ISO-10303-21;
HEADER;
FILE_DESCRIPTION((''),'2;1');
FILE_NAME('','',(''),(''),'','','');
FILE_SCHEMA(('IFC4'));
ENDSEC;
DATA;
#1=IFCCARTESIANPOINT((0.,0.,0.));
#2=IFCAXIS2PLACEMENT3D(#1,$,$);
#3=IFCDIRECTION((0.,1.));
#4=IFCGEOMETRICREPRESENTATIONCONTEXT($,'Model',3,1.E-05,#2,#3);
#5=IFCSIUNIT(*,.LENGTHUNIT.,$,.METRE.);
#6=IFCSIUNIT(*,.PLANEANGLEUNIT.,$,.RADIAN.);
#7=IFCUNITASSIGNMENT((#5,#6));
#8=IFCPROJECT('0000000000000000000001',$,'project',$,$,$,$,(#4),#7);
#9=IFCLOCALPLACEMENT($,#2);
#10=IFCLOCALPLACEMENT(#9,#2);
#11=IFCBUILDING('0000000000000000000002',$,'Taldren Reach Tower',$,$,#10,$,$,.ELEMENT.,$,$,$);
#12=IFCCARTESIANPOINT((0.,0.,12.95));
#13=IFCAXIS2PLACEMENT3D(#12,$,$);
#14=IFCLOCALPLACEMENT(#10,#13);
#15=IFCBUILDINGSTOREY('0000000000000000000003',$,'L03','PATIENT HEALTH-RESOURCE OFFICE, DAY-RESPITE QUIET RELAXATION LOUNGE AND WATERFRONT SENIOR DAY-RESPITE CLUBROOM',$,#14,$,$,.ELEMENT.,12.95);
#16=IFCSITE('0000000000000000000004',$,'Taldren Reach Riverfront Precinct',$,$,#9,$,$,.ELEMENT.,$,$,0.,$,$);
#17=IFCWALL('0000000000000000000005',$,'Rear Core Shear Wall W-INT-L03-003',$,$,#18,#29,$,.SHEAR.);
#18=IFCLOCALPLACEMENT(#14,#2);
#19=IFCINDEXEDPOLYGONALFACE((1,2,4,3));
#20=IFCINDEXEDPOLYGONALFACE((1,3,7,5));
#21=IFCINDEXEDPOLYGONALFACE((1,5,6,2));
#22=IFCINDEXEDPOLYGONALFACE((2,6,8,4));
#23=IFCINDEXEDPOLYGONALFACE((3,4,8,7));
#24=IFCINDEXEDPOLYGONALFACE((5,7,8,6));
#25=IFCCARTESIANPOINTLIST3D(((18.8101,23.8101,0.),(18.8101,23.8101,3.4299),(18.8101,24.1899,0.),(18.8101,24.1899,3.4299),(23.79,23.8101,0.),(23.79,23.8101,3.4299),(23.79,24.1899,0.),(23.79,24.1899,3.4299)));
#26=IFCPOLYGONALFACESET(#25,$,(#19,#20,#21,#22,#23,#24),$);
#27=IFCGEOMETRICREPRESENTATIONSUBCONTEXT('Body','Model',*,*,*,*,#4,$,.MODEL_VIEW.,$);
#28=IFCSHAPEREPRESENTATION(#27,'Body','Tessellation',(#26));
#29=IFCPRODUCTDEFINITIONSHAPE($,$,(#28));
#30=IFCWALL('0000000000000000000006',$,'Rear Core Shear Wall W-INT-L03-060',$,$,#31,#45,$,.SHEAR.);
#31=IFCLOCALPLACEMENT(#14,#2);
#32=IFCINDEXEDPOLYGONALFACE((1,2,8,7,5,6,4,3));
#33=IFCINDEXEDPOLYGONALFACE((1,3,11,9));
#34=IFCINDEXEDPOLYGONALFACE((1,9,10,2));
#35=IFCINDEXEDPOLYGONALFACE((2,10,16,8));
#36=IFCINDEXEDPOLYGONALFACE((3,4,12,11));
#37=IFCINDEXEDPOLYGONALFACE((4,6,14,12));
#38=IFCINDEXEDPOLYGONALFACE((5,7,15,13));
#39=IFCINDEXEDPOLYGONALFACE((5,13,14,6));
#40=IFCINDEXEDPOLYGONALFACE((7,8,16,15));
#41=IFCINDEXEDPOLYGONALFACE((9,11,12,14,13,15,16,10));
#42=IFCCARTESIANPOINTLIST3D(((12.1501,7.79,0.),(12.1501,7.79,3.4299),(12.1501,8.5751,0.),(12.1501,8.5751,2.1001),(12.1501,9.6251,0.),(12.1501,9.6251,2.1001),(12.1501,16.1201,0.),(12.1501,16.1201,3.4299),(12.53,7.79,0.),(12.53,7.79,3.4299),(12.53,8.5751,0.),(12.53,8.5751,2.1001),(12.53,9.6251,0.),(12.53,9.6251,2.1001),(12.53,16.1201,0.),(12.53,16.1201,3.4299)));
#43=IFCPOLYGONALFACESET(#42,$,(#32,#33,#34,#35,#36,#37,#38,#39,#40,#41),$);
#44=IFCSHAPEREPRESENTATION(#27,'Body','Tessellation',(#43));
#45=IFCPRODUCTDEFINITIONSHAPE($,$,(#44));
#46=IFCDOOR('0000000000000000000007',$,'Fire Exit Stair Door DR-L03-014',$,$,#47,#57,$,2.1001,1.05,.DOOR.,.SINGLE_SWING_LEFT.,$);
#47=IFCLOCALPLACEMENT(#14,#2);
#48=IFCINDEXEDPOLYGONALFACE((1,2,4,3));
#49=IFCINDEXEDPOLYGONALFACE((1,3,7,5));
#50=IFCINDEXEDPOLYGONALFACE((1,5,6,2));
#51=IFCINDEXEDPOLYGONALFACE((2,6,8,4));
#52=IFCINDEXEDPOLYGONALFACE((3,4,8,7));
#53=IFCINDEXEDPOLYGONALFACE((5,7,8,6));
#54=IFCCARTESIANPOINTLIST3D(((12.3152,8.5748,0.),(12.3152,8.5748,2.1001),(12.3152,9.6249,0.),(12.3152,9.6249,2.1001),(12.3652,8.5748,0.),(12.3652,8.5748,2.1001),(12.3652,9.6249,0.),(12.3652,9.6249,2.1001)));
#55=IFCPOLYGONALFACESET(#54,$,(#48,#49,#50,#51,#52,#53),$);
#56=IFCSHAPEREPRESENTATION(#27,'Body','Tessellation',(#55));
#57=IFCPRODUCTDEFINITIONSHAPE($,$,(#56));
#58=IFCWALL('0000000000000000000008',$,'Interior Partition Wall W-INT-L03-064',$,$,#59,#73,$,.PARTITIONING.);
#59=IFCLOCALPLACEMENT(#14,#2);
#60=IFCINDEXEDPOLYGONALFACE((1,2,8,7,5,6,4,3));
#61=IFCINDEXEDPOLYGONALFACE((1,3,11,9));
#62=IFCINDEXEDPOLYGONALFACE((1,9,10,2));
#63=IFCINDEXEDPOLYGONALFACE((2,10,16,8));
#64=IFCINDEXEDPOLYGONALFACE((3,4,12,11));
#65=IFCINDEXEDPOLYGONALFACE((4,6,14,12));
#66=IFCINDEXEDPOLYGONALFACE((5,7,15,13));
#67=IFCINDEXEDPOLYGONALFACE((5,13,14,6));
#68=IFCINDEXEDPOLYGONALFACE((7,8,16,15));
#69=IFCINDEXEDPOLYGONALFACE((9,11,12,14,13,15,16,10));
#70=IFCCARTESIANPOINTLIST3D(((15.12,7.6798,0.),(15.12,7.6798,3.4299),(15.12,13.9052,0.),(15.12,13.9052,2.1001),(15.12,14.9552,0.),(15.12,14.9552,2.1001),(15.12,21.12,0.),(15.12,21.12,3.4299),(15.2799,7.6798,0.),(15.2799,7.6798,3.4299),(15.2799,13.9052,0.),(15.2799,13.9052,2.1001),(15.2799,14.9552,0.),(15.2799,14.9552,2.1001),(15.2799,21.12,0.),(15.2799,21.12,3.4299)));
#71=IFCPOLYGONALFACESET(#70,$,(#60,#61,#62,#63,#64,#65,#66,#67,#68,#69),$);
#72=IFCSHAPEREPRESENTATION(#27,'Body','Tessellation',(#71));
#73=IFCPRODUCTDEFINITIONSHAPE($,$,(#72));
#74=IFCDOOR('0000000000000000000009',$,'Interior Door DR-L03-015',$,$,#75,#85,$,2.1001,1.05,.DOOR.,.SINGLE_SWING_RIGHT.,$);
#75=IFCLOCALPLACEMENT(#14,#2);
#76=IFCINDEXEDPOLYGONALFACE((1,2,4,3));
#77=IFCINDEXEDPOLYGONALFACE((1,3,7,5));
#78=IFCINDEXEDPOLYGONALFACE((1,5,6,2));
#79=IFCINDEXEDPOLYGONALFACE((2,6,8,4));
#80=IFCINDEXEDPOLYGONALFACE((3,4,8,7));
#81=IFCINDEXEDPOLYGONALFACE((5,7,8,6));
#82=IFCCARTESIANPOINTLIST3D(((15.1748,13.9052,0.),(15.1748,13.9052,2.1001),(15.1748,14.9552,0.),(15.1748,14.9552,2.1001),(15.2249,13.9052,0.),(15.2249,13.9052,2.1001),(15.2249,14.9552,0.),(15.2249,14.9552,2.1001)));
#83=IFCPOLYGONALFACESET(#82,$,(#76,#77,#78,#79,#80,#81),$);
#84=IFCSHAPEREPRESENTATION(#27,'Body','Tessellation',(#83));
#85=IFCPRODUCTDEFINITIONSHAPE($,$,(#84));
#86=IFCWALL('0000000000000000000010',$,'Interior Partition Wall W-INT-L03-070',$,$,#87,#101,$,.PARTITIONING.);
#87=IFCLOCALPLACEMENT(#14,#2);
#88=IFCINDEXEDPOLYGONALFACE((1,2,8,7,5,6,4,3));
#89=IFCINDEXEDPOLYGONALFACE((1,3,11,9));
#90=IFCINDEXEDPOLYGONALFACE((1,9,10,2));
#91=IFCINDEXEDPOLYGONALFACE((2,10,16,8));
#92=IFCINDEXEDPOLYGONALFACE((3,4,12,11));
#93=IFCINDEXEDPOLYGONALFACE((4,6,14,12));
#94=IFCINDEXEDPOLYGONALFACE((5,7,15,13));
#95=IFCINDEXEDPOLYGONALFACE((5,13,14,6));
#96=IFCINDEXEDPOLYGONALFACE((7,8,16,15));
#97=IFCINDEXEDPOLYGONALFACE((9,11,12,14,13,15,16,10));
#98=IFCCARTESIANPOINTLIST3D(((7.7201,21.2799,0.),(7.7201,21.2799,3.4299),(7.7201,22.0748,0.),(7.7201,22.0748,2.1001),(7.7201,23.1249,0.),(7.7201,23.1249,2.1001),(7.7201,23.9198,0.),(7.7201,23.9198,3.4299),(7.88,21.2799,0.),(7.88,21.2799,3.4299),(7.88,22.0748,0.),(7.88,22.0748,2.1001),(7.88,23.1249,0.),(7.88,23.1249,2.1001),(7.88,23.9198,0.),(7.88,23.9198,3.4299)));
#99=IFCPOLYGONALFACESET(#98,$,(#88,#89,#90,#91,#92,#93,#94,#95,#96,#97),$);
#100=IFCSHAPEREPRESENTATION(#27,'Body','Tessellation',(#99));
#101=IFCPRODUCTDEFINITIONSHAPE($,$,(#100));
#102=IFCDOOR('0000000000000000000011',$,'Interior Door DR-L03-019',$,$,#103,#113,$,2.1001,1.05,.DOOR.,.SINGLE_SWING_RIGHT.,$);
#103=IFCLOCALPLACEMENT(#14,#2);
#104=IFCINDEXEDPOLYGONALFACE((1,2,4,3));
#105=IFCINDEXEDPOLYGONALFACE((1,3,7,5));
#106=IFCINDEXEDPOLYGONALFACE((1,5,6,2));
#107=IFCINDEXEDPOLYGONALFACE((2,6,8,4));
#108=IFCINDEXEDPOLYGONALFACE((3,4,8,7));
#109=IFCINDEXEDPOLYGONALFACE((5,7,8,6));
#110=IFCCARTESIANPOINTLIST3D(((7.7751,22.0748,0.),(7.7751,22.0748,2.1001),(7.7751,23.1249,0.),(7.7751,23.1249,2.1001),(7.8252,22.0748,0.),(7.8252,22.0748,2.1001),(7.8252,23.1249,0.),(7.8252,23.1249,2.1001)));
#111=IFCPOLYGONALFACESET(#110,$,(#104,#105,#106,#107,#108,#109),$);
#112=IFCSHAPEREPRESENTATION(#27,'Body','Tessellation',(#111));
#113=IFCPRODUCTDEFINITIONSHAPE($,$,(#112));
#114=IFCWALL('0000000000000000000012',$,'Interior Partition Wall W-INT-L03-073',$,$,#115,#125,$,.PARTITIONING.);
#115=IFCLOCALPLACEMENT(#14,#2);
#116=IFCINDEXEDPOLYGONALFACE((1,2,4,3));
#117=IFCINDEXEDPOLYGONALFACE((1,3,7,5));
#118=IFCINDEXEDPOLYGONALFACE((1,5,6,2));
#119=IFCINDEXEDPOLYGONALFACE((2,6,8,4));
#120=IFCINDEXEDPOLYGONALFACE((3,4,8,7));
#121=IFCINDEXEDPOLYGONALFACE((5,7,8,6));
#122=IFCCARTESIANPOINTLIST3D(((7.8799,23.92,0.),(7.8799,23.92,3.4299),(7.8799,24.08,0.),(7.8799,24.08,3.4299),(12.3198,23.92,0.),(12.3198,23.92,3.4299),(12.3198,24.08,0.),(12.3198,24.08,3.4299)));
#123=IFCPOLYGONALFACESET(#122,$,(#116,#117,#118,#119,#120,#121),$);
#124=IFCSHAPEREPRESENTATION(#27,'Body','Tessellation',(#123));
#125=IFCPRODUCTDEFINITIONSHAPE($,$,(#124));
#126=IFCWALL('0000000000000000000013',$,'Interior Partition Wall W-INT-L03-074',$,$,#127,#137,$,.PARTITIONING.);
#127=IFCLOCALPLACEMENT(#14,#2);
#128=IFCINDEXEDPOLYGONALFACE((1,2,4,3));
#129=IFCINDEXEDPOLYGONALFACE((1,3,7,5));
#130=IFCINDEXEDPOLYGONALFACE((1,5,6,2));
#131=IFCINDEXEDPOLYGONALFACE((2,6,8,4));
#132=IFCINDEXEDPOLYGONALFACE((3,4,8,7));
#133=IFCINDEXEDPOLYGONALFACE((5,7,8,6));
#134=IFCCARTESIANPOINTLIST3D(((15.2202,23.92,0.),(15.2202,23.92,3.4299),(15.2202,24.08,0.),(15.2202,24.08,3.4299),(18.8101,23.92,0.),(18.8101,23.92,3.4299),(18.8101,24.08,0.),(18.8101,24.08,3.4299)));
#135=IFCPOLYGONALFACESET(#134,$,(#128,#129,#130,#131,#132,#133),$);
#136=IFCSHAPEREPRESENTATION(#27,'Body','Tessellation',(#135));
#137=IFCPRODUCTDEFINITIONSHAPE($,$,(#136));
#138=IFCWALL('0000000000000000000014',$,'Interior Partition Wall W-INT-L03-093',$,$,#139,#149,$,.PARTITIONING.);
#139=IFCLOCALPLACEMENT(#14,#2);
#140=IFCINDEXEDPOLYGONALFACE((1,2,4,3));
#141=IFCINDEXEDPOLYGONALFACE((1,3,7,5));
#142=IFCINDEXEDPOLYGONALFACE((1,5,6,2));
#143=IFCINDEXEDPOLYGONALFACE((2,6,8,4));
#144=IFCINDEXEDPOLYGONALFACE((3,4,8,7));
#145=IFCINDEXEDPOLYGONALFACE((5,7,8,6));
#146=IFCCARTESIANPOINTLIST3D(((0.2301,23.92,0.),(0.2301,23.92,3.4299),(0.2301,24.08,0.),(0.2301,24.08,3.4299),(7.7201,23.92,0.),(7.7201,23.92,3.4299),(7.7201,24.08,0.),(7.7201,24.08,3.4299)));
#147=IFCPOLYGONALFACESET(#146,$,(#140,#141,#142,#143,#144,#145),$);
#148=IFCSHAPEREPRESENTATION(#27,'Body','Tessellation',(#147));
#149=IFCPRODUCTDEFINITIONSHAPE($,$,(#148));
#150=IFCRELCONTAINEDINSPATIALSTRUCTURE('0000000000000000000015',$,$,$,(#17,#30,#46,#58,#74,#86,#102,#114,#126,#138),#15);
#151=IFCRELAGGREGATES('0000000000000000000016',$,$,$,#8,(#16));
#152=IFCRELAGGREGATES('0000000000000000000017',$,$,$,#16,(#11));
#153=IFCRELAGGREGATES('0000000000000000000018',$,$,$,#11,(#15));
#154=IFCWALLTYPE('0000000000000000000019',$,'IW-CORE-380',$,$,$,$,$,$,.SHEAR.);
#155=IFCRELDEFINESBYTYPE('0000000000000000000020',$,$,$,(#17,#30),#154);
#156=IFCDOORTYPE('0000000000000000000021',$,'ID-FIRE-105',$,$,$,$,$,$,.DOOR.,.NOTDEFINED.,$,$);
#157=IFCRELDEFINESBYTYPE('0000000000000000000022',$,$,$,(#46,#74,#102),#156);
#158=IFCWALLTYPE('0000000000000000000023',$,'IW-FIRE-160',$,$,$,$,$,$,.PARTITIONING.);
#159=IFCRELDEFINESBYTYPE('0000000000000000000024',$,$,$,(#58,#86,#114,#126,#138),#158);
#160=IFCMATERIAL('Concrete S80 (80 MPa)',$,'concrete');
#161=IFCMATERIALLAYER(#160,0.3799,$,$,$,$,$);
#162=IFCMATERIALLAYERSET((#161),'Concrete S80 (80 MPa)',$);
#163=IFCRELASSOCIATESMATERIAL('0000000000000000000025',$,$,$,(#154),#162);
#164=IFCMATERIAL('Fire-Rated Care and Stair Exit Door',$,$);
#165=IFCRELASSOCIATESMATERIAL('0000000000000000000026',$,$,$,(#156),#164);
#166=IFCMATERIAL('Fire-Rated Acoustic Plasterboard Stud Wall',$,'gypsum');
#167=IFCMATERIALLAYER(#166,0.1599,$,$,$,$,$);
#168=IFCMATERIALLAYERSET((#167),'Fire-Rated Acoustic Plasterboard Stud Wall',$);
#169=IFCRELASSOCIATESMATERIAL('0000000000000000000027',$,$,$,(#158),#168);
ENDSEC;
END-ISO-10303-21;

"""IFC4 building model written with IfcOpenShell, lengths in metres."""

from ifc_helpers import new_model, si_unit, direction, frame, frame_2d, origin, place, context, subcontext, project, spatial, rectangle, extrude, source, transform, mapped, material, layer, layer_set, type_object, element, fill, save


model = new_model("IFC4")

# Units and contexts
model_context = context("Model", 3, precision=1e-05, world=origin(), true_north=direction((0.0, 1.0)))
body_context = subcontext(model_context, "Body", "Model", "MODEL_VIEW")
ifc_project = project(units=[si_unit("LENGTHUNIT", "METRE"), si_unit("PLANEANGLEUNIT", "RADIAN")], contexts=[model_context])

# Site, building, storey
site_placement = place(None, origin())
site = spatial("IfcSite", under=ifc_project, at=site_placement, Name="Taldren Reach Riverfront Precinct", CompositionType="ELEMENT", RefElevation=0.0)
building_placement = place(site_placement, origin())
building = spatial("IfcBuilding", under=site, at=building_placement, Name="Taldren Reach Tower", CompositionType="ELEMENT")
storey_placement = place(building_placement, frame((0.0, 0.0, 12.95)))
storey = spatial("IfcBuildingStorey", under=building, at=storey_placement, Name="L03", Description="PATIENT HEALTH-RESOURCE OFFICE, DAY-RESPITE QUIET RELAXATION LOUNGE AND WATERFRONT SENIOR DAY-RESPITE CLUBROOM", CompositionType="ELEMENT", Elevation=12.95)

# Wall
ifc_material_1 = material(Name="Concrete S80 (80 MPa)", Category="concrete")
ifc_layer_1 = layer(ifc_material_1, 0.3799)
ifc_layer_set_1 = layer_set([ifc_layer_1], Name="Concrete S80 (80 MPa)")
wall_type_1 = type_object("IfcWallType", Name="IW-CORE-380", PredefinedType="SHEAR", material=ifc_layer_set_1)
shared_shape_1 = source(origin(), body_context, "Body", "SweptSolid", [
    extrude(rectangle(XDim=4.98, YDim=0.3799, at=frame_2d((2.49, 0.0))), origin(), (0.0, 0.0, 1.0), 3.4299),
])
wall_1_placement = place(storey_placement, frame((18.8101, 24.0, 0.0), z_axis=(0.0, 0.0, 1.0), x_axis=(1.0, 0.0, 0.0)))
element("IfcWall", 1, at=wall_1_placement, inside=storey, type_object=wall_type_1, Name="Rear Core Shear Wall W-INT-L03-003", PredefinedType="SHEAR", context=body_context, shape_type="MappedRepresentation", body=[
    mapped(shared_shape_1, transform((0.0, 0.0, 0.0), scale=1.0)),
])

# Walls, openings, doors
shared_shape_2 = source(origin(), body_context, "Body", "SweptSolid", [
    extrude(rectangle(XDim=8.3301, YDim=0.3799, at=frame_2d((4.165, 0.0))), origin(), (0.0, 0.0, 1.0), 3.4299),
])
wall_2_placement = place(storey_placement, frame((12.3401, 16.1201, 0.0), z_axis=(0.0, 0.0, 1.0), x_axis=(0.0, -1.0, 0.0)))
wall_2 = element("IfcWall", 2, at=wall_2_placement, inside=storey, type_object=wall_type_1, Name="Rear Core Shear Wall W-INT-L03-060", PredefinedType="SHEAR", context=body_context, shape_type="MappedRepresentation", body=[
    mapped(shared_shape_2, transform((0.0, 0.0, 0.0), scale=1.0)),
])
shared_shape_3 = source(origin(), body_context, "Body", "SweptSolid", [
    extrude(rectangle(XDim=1.05, YDim=2.1001, at=frame_2d((0.5249, 1.05))), frame((0.0, 0.2, 0.0), z_axis=(0.0, -1.0, 0.0), x_axis=(1.0, 0.0, 0.0)), (0.0, 0.0, 1.0), 0.3999),
])
opening_1_placement = place(wall_2_placement, frame((6.4951, 0.0, 0.0)))
opening_1 = element("IfcOpeningElement", 3, at=opening_1_placement, cuts=wall_2, PredefinedType="OPENING", context=body_context, shape_type="MappedRepresentation", body=[
    mapped(shared_shape_3, transform((0.0, 0.0, 0.0), scale=1.0)),
])
ifc_material_2 = material(Name="Fire-Rated Care and Stair Exit Door")
door_type = type_object("IfcDoorType", Name="ID-FIRE-105", OperationType="NOTDEFINED", PredefinedType="DOOR", material=ifc_material_2)
shared_shape_4 = source(origin(), body_context, "Body", "SweptSolid", [
    extrude(rectangle(XDim=1.05, YDim=2.1001, at=frame_2d((0.5249, 1.05))), frame((0.0, 0.0249, 0.0), z_axis=(0.0, -1.0, 0.0), x_axis=(1.0, 0.0, 0.0)), (0.0, 0.0, 1.0), 0.05),
])
door_1_placement = place(opening_1_placement, frame((1.05, 0.0, 0.0), z_axis=(0.0, 0.0, 1.0), x_axis=(-1.0, 0.0, 0.0)))
door_1 = element("IfcDoor", 4, at=door_1_placement, inside=storey, type_object=door_type, Name="Fire Exit Stair Door DR-L03-014", OperationType="SINGLE_SWING_LEFT", OverallHeight=2.1001, OverallWidth=1.05, PredefinedType="DOOR", context=body_context, shape_type="MappedRepresentation", body=[
    mapped(shared_shape_4, transform((0.0, 0.0, 0.0), scale=1.0)),
])
fill(opening_1, door_1)
ifc_material_3 = material(Name="Fire-Rated Acoustic Plasterboard Stud Wall", Category="gypsum")
ifc_layer_2 = layer(ifc_material_3, 0.1599)
ifc_layer_set_2 = layer_set([ifc_layer_2], Name="Fire-Rated Acoustic Plasterboard Stud Wall")
wall_type_2 = type_object("IfcWallType", Name="IW-FIRE-160", PredefinedType="PARTITIONING", material=ifc_layer_set_2)
shared_shape_5 = source(origin(), body_context, "Body", "SweptSolid", [
    extrude(rectangle(XDim=13.4402, YDim=0.1599, at=frame_2d((6.7202, 0.0))), origin(), (0.0, 0.0, 1.0), 3.4299),
])
wall_3_placement = place(storey_placement, frame((15.2, 21.1201, 0.0), z_axis=(0.0, 0.0, 1.0), x_axis=(0.0, -1.0, 0.0)))
wall_3 = element("IfcWall", 5, at=wall_3_placement, inside=storey, type_object=wall_type_2, Name="Interior Partition Wall W-INT-L03-064", PredefinedType="PARTITIONING", context=body_context, shape_type="MappedRepresentation", body=[
    mapped(shared_shape_5, transform((0.0, 0.0, 0.0), scale=1.0)),
])
shared_shape_6 = source(origin(), body_context, "Body", "SweptSolid", [
    extrude(rectangle(XDim=1.05, YDim=2.1001, at=frame_2d((0.5249, 1.05))), frame((0.0, 0.0898, 0.0), z_axis=(0.0, -1.0, 0.0), x_axis=(1.0, 0.0, 0.0)), (0.0, 0.0, 1.0), 0.1799),
])
opening_2_placement = place(wall_3_placement, frame((6.165, 0.0, 0.0)))
opening_2 = element("IfcOpeningElement", 6, at=opening_2_placement, cuts=wall_3, PredefinedType="OPENING", context=body_context, shape_type="MappedRepresentation", body=[
    mapped(shared_shape_6, transform((0.0, 0.0, 0.0), scale=1.0)),
])
door_2_placement = place(opening_2_placement, origin())
door_2 = element("IfcDoor", 7, at=door_2_placement, inside=storey, type_object=door_type, Name="Interior Door DR-L03-015", OperationType="SINGLE_SWING_RIGHT", OverallHeight=2.1001, OverallWidth=1.05, PredefinedType="DOOR", context=body_context, shape_type="MappedRepresentation", body=[
    mapped(shared_shape_4, transform((0.0, 0.0, 0.0), scale=1.0)),
])
fill(opening_2, door_2)
shared_shape_7 = source(origin(), body_context, "Body", "SweptSolid", [
    extrude(rectangle(XDim=2.6399, YDim=0.1599, at=frame_2d((1.3198, 0.0))), origin(), (0.0, 0.0, 1.0), 3.4299),
])
wall_4_placement = place(storey_placement, frame((7.8, 21.28, 0.0), z_axis=(0.0, 0.0, 1.0), x_axis=(0.0, 1.0, 0.0)))
wall_4 = element("IfcWall", 8, at=wall_4_placement, inside=storey, type_object=wall_type_2, Name="Interior Partition Wall W-INT-L03-070", PredefinedType="PARTITIONING", context=body_context, shape_type="MappedRepresentation", body=[
    mapped(shared_shape_7, transform((0.0, 0.0, 0.0), scale=1.0)),
])
opening_3_placement = place(wall_4_placement, frame((0.7949, 0.0, 0.0)))
opening_3 = element("IfcOpeningElement", 9, at=opening_3_placement, cuts=wall_4, PredefinedType="OPENING", context=body_context, shape_type="MappedRepresentation", body=[
    mapped(shared_shape_6, transform((0.0, 0.0, 0.0), scale=1.0)),
])
door_3_placement = place(opening_3_placement, origin())
door_3 = element("IfcDoor", 10, at=door_3_placement, inside=storey, type_object=door_type, Name="Interior Door DR-L03-019", OperationType="SINGLE_SWING_RIGHT", OverallHeight=2.1001, OverallWidth=1.05, PredefinedType="DOOR", context=body_context, shape_type="MappedRepresentation", body=[
    mapped(shared_shape_4, transform((0.0, 0.0, 0.0), scale=1.0)),
])
fill(opening_3, door_3)

# Walls
shared_shape_8 = source(origin(), body_context, "Body", "SweptSolid", [
    extrude(rectangle(XDim=4.4399, YDim=0.1599, at=frame_2d((2.22, 0.0))), origin(), (0.0, 0.0, 1.0), 3.4299),
])
wall_5_placement = place(storey_placement, frame((7.8799, 24.0, 0.0), z_axis=(0.0, 0.0, 1.0), x_axis=(1.0, 0.0, 0.0)))
element("IfcWall", 11, at=wall_5_placement, inside=storey, type_object=wall_type_2, Name="Interior Partition Wall W-INT-L03-073", PredefinedType="PARTITIONING", context=body_context, shape_type="MappedRepresentation", body=[
    mapped(shared_shape_8, transform((0.0, 0.0, 0.0), scale=1.0)),
])
shared_shape_9 = source(origin(), body_context, "Body", "SweptSolid", [
    extrude(rectangle(XDim=3.5898, YDim=0.1599, at=frame_2d((1.7949, 0.0))), origin(), (0.0, 0.0, 1.0), 3.4299),
])
wall_6_placement = place(storey_placement, frame((15.2202, 24.0, 0.0), z_axis=(0.0, 0.0, 1.0), x_axis=(1.0, 0.0, 0.0)))
element("IfcWall", 12, at=wall_6_placement, inside=storey, type_object=wall_type_2, Name="Interior Partition Wall W-INT-L03-074", PredefinedType="PARTITIONING", context=body_context, shape_type="MappedRepresentation", body=[
    mapped(shared_shape_9, transform((0.0, 0.0, 0.0), scale=1.0)),
])
shared_shape_10 = source(origin(), body_context, "Body", "SweptSolid", [
    extrude(rectangle(XDim=7.49, YDim=0.1599, at=frame_2d((3.7451, 0.0))), origin(), (0.0, 0.0, 1.0), 3.4299),
])
wall_7_placement = place(storey_placement, frame((0.23, 24.0, 0.0), z_axis=(0.0, 0.0, 1.0), x_axis=(1.0, 0.0, 0.0)))
element("IfcWall", 13, at=wall_7_placement, inside=storey, type_object=wall_type_2, Name="Interior Partition Wall W-INT-L03-093", PredefinedType="PARTITIONING", context=body_context, shape_type="MappedRepresentation", body=[
    mapped(shared_shape_10, transform((0.0, 0.0, 0.0), scale=1.0)),
])

save(model, "model.ifc")
